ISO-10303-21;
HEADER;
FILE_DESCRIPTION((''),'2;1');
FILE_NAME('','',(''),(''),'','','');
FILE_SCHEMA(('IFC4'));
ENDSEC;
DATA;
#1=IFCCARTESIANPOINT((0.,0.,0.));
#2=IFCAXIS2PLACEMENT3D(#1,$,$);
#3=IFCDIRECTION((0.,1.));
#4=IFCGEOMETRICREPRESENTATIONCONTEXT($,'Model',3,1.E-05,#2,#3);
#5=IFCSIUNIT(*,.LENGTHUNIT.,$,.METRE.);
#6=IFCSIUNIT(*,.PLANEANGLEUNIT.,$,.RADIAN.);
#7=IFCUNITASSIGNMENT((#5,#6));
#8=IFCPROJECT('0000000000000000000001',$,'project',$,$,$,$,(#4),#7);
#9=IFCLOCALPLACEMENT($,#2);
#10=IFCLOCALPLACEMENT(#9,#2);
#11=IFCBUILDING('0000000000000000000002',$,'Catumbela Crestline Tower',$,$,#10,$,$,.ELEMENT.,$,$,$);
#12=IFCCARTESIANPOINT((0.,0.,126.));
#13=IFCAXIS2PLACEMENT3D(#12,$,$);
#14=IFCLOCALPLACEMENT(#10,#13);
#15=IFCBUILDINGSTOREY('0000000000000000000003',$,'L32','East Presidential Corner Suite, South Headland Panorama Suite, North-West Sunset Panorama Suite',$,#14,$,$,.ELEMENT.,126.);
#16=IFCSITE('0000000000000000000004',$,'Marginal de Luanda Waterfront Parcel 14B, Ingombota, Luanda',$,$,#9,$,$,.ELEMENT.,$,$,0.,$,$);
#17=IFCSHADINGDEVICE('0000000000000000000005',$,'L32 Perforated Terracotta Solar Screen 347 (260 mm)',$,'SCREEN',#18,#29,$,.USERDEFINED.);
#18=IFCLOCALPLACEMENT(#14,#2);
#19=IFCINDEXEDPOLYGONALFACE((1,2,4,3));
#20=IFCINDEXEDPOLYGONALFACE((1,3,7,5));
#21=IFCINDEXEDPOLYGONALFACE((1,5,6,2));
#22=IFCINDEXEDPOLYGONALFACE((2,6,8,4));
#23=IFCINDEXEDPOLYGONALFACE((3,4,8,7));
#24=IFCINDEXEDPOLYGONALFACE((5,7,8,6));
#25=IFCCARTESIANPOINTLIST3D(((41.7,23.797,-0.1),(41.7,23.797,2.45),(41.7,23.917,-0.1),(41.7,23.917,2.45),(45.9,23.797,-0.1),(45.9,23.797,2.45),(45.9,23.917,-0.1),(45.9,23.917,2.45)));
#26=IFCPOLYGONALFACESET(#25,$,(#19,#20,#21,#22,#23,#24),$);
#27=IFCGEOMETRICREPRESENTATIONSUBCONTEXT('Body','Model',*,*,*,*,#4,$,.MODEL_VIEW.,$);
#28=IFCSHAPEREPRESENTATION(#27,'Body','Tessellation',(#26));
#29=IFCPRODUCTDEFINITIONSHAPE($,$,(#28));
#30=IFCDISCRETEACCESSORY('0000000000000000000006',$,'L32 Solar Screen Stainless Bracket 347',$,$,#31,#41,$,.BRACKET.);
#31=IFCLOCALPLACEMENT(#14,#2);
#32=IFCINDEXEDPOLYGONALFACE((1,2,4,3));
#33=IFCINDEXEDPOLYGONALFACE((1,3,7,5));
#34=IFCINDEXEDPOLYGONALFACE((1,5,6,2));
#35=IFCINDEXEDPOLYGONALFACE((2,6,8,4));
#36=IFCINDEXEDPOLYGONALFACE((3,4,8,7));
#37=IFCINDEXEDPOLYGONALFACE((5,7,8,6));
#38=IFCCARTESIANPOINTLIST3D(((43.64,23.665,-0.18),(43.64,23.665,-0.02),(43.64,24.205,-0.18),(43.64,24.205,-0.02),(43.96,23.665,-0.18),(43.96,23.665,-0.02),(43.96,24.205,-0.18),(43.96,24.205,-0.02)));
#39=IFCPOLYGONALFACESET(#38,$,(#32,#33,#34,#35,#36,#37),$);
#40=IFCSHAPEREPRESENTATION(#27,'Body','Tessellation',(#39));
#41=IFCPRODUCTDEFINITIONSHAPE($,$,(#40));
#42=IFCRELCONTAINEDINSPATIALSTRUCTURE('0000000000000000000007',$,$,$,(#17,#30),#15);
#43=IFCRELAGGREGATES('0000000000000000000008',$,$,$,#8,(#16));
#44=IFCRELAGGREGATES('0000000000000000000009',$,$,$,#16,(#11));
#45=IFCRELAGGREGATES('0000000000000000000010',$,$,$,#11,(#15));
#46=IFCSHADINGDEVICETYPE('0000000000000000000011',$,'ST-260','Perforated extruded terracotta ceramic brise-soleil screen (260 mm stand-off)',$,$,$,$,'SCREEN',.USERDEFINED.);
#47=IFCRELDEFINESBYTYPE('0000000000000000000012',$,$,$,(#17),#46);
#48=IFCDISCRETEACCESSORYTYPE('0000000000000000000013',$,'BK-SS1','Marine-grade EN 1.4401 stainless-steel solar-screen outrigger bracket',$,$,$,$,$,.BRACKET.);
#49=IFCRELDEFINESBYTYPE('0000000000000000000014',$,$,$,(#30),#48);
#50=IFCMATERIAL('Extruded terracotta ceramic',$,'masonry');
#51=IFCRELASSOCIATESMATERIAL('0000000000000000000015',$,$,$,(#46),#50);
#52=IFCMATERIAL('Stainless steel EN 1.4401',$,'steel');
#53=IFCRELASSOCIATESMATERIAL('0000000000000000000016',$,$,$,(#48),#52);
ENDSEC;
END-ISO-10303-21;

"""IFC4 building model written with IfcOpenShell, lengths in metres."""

from ifc_helpers import new_model, si_unit, direction, frame, origin, origin_2d, place, context, subcontext, project, spatial, rectangle, extrude, material, type_object, element, save


model = new_model("IFC4")

# Units and contexts
model_context = context("Model", 3, precision=1e-05, world=origin(), true_north=direction((0.0, 1.0)))
body_context = subcontext(model_context, "Body", "Model", "MODEL_VIEW")
ifc_project = project(units=[si_unit("LENGTHUNIT", "METRE"), si_unit("PLANEANGLEUNIT", "RADIAN")], contexts=[model_context])

# Site, building, storey
site_placement = place(None, origin())
site = spatial("IfcSite", under=ifc_project, at=site_placement, Name="Marginal de Luanda Waterfront Parcel 14B, Ingombota, Luanda", CompositionType="ELEMENT", RefElevation=0.0)
building_placement = place(site_placement, origin())
building = spatial("IfcBuilding", under=site, at=building_placement, Name="Catumbela Crestline Tower", CompositionType="ELEMENT")
storey_placement = place(building_placement, frame((0.0, 0.0, 126.0)))
storey = spatial("IfcBuildingStorey", under=building, at=storey_placement, Name="L32", Description="East Presidential Corner Suite, South Headland Panorama Suite, North-West Sunset Panorama Suite", CompositionType="ELEMENT", Elevation=126.0)

# Shading device
ifc_material_1 = material(Name="Extruded terracotta ceramic", Category="masonry")
shading_device_type = type_object("IfcShadingDeviceType", Name="ST-260", Description="Perforated extruded terracotta ceramic brise-soleil screen (260 mm stand-off)", ElementType="SCREEN", PredefinedType="USERDEFINED", material=ifc_material_1)
shading_device_placement = place(storey_placement, frame((43.8, 23.857, -0.1), z_axis=(0.0, 0.0, 1.0), x_axis=(1.0, 0.0, 0.0)))
element("IfcShadingDevice", 1, at=shading_device_placement, inside=storey, type_object=shading_device_type, Name="L32 Perforated Terracotta Solar Screen 347 (260 mm)", ObjectType="SCREEN", PredefinedType="USERDEFINED", context=body_context, shape_type="SweptSolid", body=[
    extrude(rectangle(XDim=4.2, YDim=0.12, at=origin_2d()), origin(), (0.0, 0.0, 1.0), 2.55),
])

# Discrete accessory
ifc_material_2 = material(Name="Stainless steel EN 1.4401", Category="steel")
discrete_accessory_type = type_object("IfcDiscreteAccessoryType", Name="BK-SS1", Description="Marine-grade EN 1.4401 stainless-steel solar-screen outrigger bracket", PredefinedType="BRACKET", material=ifc_material_2)
discrete_accessory_placement = place(storey_placement, frame((43.8, 23.935, -0.18), z_axis=(0.0, 0.0, 1.0), x_axis=(1.0, 0.0, 0.0)))
element("IfcDiscreteAccessory", 2, at=discrete_accessory_placement, inside=storey, type_object=discrete_accessory_type, Name="L32 Solar Screen Stainless Bracket 347", PredefinedType="BRACKET", context=body_context, shape_type="SweptSolid", body=[
    extrude(rectangle(XDim=0.32, YDim=0.54, at=origin_2d()), origin(), (0.0, 0.0, 1.0), 0.16),
])

save(model, "model.ifc")
